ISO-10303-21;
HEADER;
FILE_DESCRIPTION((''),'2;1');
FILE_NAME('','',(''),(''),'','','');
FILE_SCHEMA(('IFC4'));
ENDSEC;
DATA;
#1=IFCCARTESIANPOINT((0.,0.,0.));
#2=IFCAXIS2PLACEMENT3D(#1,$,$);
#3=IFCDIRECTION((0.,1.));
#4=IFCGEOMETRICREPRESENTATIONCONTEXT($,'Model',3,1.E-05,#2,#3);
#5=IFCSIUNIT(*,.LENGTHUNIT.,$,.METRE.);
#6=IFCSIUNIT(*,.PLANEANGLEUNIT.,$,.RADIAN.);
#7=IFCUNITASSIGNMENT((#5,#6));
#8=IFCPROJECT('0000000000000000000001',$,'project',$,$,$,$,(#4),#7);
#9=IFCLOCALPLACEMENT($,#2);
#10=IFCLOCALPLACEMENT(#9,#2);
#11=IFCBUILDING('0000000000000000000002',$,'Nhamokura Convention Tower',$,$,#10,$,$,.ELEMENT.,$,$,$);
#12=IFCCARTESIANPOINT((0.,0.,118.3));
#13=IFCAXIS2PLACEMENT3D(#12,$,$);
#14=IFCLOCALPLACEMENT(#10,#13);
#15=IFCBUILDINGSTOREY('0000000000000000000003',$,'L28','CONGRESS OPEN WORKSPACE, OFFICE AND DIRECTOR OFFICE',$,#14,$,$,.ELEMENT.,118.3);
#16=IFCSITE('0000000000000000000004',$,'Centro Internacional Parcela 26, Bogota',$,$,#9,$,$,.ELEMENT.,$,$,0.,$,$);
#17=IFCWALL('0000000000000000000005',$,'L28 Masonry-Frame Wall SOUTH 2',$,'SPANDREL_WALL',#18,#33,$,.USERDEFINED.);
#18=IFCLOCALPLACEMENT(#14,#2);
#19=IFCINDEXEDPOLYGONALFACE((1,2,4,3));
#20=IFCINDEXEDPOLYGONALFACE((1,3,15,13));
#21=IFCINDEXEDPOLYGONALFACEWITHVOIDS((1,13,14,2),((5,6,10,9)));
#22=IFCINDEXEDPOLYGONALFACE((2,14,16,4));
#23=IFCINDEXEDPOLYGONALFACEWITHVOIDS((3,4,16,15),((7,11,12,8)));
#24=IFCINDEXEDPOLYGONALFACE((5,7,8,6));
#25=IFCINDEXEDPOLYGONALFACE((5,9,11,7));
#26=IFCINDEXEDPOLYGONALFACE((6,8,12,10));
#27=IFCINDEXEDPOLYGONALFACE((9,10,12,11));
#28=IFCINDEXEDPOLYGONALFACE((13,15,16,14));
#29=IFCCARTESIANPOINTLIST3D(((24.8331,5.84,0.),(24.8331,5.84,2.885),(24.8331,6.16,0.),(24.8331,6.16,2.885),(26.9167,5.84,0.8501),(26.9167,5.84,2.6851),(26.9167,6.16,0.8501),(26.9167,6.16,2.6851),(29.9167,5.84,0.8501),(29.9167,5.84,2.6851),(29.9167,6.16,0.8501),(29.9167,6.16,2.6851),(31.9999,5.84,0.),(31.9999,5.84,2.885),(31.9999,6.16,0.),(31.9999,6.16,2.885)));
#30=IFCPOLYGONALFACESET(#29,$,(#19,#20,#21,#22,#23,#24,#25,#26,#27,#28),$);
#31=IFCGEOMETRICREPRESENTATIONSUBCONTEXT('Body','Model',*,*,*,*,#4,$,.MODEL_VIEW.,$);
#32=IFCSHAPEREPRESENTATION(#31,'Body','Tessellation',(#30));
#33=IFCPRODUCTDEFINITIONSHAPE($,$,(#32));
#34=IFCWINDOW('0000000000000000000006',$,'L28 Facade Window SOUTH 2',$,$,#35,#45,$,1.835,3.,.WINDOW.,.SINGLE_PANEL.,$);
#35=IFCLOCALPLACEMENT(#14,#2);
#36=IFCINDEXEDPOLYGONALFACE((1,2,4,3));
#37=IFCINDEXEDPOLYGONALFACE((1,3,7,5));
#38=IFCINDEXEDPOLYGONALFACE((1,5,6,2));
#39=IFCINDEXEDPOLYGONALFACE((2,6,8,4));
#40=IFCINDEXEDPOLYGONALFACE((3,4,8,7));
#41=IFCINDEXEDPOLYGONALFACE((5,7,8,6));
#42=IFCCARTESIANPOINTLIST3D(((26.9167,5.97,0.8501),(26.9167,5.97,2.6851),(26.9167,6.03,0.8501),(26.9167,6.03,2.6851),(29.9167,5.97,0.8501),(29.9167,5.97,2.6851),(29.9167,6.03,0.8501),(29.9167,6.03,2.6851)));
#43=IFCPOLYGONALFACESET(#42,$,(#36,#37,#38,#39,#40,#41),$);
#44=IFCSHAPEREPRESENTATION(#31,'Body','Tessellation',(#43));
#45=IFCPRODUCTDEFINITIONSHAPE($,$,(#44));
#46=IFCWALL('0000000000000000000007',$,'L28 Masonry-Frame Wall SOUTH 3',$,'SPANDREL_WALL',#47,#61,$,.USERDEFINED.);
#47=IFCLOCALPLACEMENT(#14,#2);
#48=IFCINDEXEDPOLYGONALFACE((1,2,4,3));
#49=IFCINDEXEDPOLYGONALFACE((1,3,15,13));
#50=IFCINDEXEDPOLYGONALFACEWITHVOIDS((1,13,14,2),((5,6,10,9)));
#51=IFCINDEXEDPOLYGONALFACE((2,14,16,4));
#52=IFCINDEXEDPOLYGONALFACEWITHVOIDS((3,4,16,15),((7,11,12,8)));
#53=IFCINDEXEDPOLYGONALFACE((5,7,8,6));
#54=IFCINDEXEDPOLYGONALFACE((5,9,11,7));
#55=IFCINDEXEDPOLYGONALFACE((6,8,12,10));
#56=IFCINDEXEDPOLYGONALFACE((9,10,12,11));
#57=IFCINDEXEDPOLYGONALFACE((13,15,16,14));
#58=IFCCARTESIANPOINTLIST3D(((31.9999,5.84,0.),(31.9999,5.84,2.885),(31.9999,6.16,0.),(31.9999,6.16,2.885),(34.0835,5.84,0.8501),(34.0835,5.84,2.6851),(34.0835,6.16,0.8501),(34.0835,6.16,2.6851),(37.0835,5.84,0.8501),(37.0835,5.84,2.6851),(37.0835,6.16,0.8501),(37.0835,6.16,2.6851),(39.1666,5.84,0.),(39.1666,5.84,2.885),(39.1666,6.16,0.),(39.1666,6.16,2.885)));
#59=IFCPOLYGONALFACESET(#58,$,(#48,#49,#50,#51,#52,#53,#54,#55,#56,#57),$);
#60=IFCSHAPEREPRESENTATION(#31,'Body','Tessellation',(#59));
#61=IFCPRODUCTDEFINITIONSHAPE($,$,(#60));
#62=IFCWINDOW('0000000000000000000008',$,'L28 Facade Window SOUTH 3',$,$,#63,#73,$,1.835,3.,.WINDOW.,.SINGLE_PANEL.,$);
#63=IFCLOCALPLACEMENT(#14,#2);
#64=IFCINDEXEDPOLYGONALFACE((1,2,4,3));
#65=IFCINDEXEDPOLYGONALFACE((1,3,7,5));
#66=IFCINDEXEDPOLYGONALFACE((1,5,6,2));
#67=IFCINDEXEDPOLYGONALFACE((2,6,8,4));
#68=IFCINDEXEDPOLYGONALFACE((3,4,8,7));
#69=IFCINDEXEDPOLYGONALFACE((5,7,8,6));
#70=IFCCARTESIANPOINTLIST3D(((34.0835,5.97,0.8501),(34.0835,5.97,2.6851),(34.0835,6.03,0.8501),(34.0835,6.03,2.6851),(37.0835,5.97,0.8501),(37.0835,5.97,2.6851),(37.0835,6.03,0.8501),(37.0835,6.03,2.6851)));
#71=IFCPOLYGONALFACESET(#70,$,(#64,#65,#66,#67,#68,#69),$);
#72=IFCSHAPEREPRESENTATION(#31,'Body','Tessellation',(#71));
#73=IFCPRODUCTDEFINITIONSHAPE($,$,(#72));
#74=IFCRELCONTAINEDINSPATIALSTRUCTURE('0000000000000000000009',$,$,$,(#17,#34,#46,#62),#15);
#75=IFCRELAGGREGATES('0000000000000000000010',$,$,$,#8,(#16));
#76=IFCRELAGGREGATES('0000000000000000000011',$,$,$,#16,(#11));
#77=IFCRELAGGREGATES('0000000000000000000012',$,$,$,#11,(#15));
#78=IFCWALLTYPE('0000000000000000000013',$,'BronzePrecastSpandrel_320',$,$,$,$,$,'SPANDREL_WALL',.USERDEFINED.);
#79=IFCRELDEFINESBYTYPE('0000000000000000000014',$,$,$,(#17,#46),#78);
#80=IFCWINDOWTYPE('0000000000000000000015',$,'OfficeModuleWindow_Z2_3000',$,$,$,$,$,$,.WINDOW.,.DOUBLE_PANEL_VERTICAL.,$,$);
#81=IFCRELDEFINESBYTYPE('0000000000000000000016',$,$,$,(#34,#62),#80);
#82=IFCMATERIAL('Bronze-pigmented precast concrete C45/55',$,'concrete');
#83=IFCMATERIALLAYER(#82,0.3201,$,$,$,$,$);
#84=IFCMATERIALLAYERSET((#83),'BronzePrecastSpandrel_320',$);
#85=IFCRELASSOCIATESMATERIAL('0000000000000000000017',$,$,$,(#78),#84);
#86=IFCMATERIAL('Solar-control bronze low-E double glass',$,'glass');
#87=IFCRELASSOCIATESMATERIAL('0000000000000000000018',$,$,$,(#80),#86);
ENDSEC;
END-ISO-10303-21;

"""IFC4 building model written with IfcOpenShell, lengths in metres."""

from ifc_helpers import new_model, si_unit, direction, frame, frame_2d, origin, place, context, subcontext, project, spatial, rectangle, extrude, material, layer, layer_set, type_object, element, fill, save


model = new_model("IFC4")

# Units and contexts
model_context = context("Model", 3, precision=1e-05, world=origin(), true_north=direction((0.0, 1.0)))
body_context = subcontext(model_context, "Body", "Model", "MODEL_VIEW")
ifc_project = project(units=[si_unit("LENGTHUNIT", "METRE"), si_unit("PLANEANGLEUNIT", "RADIAN")], contexts=[model_context])

# Site, building, storey
site_placement = place(None, origin())
site = spatial("IfcSite", under=ifc_project, at=site_placement, Name="Centro Internacional Parcela 26, Bogota", CompositionType="ELEMENT", RefElevation=0.0)
building_placement = place(site_placement, origin())
building = spatial("IfcBuilding", under=site, at=building_placement, Name="Nhamokura Convention Tower", CompositionType="ELEMENT")
storey_placement = place(building_placement, frame((0.0, 0.0, 118.3)))
storey = spatial("IfcBuildingStorey", under=building, at=storey_placement, Name="L28", Description="CONGRESS OPEN WORKSPACE, OFFICE AND DIRECTOR OFFICE", CompositionType="ELEMENT", Elevation=118.3)

# Walls, openings, windows
ifc_material_1 = material(Name="Bronze-pigmented precast concrete C45/55", Category="concrete")
ifc_layer_1 = layer(ifc_material_1, 0.3201)
ifc_layer_set_1 = layer_set([ifc_layer_1], Name="BronzePrecastSpandrel_320")
wall_type_1 = type_object("IfcWallType", Name="BronzePrecastSpandrel_320", ElementType="SPANDREL_WALL", PredefinedType="USERDEFINED", material=ifc_layer_set_1)
wall_1_placement = place(storey_placement, frame((32.0, 6.0, 0.0), z_axis=(0.0, 0.0, 1.0), x_axis=(-1.0, 0.0, 0.0)))
wall_1 = element("IfcWall", 1, at=wall_1_placement, inside=storey, type_object=wall_type_1, Name="L28 Masonry-Frame Wall SOUTH 2", ObjectType="SPANDREL_WALL", PredefinedType="USERDEFINED", context=body_context, shape_type="SweptSolid", body=[
    extrude(rectangle(XDim=7.1667, YDim=0.3201, at=frame_2d((3.5835, 0.0))), origin(), (0.0, 0.0, 1.0), 2.885),
])
opening_1_placement = place(wall_1_placement, frame((2.0833, 0.0, 0.8501)))
opening_1 = element("IfcOpeningElement", 2, at=opening_1_placement, cuts=wall_1, PredefinedType="OPENING", context=body_context, shape_type="SweptSolid", body=[
    extrude(rectangle(XDim=3.0, YDim=1.835, at=frame_2d((1.5, 0.9175))), frame((0.0, 0.1699, 0.0), z_axis=(0.0, -1.0, 0.0), x_axis=(1.0, 0.0, 0.0)), (0.0, 0.0, 1.0), 0.3401),
])
ifc_material_2 = material(Name="Solar-control bronze low-E double glass", Category="glass")
window_type = type_object("IfcWindowType", Name="OfficeModuleWindow_Z2_3000", PartitioningType="DOUBLE_PANEL_VERTICAL", PredefinedType="WINDOW", material=ifc_material_2)
window_1_placement = place(opening_1_placement, origin())
window_1 = element("IfcWindow", 3, at=window_1_placement, inside=storey, type_object=window_type, Name="L28 Facade Window SOUTH 2", OverallHeight=1.835, OverallWidth=3.0, PartitioningType="SINGLE_PANEL", PredefinedType="WINDOW", context=body_context, shape_type="SweptSolid", body=[
    extrude(rectangle(XDim=3.0, YDim=1.835, at=frame_2d((1.5, 0.9175))), frame((0.0, 0.03, 0.0), z_axis=(0.0, -1.0, 0.0), x_axis=(1.0, 0.0, 0.0)), (0.0, 0.0, 1.0), 0.0601),
])
fill(opening_1, window_1)
wall_2_placement = place(storey_placement, frame((39.1667, 6.0, 0.0), z_axis=(0.0, 0.0, 1.0), x_axis=(-1.0, 0.0, 0.0)))
wall_2 = element("IfcWall", 4, at=wall_2_placement, inside=storey, type_object=wall_type_1, Name="L28 Masonry-Frame Wall SOUTH 3", ObjectType="SPANDREL_WALL", PredefinedType="USERDEFINED", context=body_context, shape_type="SweptSolid", body=[
    extrude(rectangle(XDim=7.1667, YDim=0.3201, at=frame_2d((3.5835, 0.0))), origin(), (0.0, 0.0, 1.0), 2.885),
])
opening_2_placement = place(wall_2_placement, frame((2.0833, 0.0, 0.8501)))
opening_2 = element("IfcOpeningElement", 5, at=opening_2_placement, cuts=wall_2, PredefinedType="OPENING", context=body_context, shape_type="SweptSolid", body=[
    extrude(rectangle(XDim=3.0, YDim=1.835, at=frame_2d((1.5, 0.9175))), frame((0.0, 0.1699, 0.0), z_axis=(0.0, -1.0, 0.0), x_axis=(1.0, 0.0, 0.0)), (0.0, 0.0, 1.0), 0.3401),
])
window_2_placement = place(opening_2_placement, origin())
window_2 = element("IfcWindow", 6, at=window_2_placement, inside=storey, type_object=window_type, Name="L28 Facade Window SOUTH 3", OverallHeight=1.835, OverallWidth=3.0, PartitioningType="SINGLE_PANEL", PredefinedType="WINDOW", context=body_context, shape_type="SweptSolid", body=[
    extrude(rectangle(XDim=3.0, YDim=1.835, at=frame_2d((1.5, 0.9175))), frame((0.0, 0.03, 0.0), z_axis=(0.0, -1.0, 0.0), x_axis=(1.0, 0.0, 0.0)), (0.0, 0.0, 1.0), 0.0601),
])
fill(opening_2, window_2)

save(model, "model.ifc")
